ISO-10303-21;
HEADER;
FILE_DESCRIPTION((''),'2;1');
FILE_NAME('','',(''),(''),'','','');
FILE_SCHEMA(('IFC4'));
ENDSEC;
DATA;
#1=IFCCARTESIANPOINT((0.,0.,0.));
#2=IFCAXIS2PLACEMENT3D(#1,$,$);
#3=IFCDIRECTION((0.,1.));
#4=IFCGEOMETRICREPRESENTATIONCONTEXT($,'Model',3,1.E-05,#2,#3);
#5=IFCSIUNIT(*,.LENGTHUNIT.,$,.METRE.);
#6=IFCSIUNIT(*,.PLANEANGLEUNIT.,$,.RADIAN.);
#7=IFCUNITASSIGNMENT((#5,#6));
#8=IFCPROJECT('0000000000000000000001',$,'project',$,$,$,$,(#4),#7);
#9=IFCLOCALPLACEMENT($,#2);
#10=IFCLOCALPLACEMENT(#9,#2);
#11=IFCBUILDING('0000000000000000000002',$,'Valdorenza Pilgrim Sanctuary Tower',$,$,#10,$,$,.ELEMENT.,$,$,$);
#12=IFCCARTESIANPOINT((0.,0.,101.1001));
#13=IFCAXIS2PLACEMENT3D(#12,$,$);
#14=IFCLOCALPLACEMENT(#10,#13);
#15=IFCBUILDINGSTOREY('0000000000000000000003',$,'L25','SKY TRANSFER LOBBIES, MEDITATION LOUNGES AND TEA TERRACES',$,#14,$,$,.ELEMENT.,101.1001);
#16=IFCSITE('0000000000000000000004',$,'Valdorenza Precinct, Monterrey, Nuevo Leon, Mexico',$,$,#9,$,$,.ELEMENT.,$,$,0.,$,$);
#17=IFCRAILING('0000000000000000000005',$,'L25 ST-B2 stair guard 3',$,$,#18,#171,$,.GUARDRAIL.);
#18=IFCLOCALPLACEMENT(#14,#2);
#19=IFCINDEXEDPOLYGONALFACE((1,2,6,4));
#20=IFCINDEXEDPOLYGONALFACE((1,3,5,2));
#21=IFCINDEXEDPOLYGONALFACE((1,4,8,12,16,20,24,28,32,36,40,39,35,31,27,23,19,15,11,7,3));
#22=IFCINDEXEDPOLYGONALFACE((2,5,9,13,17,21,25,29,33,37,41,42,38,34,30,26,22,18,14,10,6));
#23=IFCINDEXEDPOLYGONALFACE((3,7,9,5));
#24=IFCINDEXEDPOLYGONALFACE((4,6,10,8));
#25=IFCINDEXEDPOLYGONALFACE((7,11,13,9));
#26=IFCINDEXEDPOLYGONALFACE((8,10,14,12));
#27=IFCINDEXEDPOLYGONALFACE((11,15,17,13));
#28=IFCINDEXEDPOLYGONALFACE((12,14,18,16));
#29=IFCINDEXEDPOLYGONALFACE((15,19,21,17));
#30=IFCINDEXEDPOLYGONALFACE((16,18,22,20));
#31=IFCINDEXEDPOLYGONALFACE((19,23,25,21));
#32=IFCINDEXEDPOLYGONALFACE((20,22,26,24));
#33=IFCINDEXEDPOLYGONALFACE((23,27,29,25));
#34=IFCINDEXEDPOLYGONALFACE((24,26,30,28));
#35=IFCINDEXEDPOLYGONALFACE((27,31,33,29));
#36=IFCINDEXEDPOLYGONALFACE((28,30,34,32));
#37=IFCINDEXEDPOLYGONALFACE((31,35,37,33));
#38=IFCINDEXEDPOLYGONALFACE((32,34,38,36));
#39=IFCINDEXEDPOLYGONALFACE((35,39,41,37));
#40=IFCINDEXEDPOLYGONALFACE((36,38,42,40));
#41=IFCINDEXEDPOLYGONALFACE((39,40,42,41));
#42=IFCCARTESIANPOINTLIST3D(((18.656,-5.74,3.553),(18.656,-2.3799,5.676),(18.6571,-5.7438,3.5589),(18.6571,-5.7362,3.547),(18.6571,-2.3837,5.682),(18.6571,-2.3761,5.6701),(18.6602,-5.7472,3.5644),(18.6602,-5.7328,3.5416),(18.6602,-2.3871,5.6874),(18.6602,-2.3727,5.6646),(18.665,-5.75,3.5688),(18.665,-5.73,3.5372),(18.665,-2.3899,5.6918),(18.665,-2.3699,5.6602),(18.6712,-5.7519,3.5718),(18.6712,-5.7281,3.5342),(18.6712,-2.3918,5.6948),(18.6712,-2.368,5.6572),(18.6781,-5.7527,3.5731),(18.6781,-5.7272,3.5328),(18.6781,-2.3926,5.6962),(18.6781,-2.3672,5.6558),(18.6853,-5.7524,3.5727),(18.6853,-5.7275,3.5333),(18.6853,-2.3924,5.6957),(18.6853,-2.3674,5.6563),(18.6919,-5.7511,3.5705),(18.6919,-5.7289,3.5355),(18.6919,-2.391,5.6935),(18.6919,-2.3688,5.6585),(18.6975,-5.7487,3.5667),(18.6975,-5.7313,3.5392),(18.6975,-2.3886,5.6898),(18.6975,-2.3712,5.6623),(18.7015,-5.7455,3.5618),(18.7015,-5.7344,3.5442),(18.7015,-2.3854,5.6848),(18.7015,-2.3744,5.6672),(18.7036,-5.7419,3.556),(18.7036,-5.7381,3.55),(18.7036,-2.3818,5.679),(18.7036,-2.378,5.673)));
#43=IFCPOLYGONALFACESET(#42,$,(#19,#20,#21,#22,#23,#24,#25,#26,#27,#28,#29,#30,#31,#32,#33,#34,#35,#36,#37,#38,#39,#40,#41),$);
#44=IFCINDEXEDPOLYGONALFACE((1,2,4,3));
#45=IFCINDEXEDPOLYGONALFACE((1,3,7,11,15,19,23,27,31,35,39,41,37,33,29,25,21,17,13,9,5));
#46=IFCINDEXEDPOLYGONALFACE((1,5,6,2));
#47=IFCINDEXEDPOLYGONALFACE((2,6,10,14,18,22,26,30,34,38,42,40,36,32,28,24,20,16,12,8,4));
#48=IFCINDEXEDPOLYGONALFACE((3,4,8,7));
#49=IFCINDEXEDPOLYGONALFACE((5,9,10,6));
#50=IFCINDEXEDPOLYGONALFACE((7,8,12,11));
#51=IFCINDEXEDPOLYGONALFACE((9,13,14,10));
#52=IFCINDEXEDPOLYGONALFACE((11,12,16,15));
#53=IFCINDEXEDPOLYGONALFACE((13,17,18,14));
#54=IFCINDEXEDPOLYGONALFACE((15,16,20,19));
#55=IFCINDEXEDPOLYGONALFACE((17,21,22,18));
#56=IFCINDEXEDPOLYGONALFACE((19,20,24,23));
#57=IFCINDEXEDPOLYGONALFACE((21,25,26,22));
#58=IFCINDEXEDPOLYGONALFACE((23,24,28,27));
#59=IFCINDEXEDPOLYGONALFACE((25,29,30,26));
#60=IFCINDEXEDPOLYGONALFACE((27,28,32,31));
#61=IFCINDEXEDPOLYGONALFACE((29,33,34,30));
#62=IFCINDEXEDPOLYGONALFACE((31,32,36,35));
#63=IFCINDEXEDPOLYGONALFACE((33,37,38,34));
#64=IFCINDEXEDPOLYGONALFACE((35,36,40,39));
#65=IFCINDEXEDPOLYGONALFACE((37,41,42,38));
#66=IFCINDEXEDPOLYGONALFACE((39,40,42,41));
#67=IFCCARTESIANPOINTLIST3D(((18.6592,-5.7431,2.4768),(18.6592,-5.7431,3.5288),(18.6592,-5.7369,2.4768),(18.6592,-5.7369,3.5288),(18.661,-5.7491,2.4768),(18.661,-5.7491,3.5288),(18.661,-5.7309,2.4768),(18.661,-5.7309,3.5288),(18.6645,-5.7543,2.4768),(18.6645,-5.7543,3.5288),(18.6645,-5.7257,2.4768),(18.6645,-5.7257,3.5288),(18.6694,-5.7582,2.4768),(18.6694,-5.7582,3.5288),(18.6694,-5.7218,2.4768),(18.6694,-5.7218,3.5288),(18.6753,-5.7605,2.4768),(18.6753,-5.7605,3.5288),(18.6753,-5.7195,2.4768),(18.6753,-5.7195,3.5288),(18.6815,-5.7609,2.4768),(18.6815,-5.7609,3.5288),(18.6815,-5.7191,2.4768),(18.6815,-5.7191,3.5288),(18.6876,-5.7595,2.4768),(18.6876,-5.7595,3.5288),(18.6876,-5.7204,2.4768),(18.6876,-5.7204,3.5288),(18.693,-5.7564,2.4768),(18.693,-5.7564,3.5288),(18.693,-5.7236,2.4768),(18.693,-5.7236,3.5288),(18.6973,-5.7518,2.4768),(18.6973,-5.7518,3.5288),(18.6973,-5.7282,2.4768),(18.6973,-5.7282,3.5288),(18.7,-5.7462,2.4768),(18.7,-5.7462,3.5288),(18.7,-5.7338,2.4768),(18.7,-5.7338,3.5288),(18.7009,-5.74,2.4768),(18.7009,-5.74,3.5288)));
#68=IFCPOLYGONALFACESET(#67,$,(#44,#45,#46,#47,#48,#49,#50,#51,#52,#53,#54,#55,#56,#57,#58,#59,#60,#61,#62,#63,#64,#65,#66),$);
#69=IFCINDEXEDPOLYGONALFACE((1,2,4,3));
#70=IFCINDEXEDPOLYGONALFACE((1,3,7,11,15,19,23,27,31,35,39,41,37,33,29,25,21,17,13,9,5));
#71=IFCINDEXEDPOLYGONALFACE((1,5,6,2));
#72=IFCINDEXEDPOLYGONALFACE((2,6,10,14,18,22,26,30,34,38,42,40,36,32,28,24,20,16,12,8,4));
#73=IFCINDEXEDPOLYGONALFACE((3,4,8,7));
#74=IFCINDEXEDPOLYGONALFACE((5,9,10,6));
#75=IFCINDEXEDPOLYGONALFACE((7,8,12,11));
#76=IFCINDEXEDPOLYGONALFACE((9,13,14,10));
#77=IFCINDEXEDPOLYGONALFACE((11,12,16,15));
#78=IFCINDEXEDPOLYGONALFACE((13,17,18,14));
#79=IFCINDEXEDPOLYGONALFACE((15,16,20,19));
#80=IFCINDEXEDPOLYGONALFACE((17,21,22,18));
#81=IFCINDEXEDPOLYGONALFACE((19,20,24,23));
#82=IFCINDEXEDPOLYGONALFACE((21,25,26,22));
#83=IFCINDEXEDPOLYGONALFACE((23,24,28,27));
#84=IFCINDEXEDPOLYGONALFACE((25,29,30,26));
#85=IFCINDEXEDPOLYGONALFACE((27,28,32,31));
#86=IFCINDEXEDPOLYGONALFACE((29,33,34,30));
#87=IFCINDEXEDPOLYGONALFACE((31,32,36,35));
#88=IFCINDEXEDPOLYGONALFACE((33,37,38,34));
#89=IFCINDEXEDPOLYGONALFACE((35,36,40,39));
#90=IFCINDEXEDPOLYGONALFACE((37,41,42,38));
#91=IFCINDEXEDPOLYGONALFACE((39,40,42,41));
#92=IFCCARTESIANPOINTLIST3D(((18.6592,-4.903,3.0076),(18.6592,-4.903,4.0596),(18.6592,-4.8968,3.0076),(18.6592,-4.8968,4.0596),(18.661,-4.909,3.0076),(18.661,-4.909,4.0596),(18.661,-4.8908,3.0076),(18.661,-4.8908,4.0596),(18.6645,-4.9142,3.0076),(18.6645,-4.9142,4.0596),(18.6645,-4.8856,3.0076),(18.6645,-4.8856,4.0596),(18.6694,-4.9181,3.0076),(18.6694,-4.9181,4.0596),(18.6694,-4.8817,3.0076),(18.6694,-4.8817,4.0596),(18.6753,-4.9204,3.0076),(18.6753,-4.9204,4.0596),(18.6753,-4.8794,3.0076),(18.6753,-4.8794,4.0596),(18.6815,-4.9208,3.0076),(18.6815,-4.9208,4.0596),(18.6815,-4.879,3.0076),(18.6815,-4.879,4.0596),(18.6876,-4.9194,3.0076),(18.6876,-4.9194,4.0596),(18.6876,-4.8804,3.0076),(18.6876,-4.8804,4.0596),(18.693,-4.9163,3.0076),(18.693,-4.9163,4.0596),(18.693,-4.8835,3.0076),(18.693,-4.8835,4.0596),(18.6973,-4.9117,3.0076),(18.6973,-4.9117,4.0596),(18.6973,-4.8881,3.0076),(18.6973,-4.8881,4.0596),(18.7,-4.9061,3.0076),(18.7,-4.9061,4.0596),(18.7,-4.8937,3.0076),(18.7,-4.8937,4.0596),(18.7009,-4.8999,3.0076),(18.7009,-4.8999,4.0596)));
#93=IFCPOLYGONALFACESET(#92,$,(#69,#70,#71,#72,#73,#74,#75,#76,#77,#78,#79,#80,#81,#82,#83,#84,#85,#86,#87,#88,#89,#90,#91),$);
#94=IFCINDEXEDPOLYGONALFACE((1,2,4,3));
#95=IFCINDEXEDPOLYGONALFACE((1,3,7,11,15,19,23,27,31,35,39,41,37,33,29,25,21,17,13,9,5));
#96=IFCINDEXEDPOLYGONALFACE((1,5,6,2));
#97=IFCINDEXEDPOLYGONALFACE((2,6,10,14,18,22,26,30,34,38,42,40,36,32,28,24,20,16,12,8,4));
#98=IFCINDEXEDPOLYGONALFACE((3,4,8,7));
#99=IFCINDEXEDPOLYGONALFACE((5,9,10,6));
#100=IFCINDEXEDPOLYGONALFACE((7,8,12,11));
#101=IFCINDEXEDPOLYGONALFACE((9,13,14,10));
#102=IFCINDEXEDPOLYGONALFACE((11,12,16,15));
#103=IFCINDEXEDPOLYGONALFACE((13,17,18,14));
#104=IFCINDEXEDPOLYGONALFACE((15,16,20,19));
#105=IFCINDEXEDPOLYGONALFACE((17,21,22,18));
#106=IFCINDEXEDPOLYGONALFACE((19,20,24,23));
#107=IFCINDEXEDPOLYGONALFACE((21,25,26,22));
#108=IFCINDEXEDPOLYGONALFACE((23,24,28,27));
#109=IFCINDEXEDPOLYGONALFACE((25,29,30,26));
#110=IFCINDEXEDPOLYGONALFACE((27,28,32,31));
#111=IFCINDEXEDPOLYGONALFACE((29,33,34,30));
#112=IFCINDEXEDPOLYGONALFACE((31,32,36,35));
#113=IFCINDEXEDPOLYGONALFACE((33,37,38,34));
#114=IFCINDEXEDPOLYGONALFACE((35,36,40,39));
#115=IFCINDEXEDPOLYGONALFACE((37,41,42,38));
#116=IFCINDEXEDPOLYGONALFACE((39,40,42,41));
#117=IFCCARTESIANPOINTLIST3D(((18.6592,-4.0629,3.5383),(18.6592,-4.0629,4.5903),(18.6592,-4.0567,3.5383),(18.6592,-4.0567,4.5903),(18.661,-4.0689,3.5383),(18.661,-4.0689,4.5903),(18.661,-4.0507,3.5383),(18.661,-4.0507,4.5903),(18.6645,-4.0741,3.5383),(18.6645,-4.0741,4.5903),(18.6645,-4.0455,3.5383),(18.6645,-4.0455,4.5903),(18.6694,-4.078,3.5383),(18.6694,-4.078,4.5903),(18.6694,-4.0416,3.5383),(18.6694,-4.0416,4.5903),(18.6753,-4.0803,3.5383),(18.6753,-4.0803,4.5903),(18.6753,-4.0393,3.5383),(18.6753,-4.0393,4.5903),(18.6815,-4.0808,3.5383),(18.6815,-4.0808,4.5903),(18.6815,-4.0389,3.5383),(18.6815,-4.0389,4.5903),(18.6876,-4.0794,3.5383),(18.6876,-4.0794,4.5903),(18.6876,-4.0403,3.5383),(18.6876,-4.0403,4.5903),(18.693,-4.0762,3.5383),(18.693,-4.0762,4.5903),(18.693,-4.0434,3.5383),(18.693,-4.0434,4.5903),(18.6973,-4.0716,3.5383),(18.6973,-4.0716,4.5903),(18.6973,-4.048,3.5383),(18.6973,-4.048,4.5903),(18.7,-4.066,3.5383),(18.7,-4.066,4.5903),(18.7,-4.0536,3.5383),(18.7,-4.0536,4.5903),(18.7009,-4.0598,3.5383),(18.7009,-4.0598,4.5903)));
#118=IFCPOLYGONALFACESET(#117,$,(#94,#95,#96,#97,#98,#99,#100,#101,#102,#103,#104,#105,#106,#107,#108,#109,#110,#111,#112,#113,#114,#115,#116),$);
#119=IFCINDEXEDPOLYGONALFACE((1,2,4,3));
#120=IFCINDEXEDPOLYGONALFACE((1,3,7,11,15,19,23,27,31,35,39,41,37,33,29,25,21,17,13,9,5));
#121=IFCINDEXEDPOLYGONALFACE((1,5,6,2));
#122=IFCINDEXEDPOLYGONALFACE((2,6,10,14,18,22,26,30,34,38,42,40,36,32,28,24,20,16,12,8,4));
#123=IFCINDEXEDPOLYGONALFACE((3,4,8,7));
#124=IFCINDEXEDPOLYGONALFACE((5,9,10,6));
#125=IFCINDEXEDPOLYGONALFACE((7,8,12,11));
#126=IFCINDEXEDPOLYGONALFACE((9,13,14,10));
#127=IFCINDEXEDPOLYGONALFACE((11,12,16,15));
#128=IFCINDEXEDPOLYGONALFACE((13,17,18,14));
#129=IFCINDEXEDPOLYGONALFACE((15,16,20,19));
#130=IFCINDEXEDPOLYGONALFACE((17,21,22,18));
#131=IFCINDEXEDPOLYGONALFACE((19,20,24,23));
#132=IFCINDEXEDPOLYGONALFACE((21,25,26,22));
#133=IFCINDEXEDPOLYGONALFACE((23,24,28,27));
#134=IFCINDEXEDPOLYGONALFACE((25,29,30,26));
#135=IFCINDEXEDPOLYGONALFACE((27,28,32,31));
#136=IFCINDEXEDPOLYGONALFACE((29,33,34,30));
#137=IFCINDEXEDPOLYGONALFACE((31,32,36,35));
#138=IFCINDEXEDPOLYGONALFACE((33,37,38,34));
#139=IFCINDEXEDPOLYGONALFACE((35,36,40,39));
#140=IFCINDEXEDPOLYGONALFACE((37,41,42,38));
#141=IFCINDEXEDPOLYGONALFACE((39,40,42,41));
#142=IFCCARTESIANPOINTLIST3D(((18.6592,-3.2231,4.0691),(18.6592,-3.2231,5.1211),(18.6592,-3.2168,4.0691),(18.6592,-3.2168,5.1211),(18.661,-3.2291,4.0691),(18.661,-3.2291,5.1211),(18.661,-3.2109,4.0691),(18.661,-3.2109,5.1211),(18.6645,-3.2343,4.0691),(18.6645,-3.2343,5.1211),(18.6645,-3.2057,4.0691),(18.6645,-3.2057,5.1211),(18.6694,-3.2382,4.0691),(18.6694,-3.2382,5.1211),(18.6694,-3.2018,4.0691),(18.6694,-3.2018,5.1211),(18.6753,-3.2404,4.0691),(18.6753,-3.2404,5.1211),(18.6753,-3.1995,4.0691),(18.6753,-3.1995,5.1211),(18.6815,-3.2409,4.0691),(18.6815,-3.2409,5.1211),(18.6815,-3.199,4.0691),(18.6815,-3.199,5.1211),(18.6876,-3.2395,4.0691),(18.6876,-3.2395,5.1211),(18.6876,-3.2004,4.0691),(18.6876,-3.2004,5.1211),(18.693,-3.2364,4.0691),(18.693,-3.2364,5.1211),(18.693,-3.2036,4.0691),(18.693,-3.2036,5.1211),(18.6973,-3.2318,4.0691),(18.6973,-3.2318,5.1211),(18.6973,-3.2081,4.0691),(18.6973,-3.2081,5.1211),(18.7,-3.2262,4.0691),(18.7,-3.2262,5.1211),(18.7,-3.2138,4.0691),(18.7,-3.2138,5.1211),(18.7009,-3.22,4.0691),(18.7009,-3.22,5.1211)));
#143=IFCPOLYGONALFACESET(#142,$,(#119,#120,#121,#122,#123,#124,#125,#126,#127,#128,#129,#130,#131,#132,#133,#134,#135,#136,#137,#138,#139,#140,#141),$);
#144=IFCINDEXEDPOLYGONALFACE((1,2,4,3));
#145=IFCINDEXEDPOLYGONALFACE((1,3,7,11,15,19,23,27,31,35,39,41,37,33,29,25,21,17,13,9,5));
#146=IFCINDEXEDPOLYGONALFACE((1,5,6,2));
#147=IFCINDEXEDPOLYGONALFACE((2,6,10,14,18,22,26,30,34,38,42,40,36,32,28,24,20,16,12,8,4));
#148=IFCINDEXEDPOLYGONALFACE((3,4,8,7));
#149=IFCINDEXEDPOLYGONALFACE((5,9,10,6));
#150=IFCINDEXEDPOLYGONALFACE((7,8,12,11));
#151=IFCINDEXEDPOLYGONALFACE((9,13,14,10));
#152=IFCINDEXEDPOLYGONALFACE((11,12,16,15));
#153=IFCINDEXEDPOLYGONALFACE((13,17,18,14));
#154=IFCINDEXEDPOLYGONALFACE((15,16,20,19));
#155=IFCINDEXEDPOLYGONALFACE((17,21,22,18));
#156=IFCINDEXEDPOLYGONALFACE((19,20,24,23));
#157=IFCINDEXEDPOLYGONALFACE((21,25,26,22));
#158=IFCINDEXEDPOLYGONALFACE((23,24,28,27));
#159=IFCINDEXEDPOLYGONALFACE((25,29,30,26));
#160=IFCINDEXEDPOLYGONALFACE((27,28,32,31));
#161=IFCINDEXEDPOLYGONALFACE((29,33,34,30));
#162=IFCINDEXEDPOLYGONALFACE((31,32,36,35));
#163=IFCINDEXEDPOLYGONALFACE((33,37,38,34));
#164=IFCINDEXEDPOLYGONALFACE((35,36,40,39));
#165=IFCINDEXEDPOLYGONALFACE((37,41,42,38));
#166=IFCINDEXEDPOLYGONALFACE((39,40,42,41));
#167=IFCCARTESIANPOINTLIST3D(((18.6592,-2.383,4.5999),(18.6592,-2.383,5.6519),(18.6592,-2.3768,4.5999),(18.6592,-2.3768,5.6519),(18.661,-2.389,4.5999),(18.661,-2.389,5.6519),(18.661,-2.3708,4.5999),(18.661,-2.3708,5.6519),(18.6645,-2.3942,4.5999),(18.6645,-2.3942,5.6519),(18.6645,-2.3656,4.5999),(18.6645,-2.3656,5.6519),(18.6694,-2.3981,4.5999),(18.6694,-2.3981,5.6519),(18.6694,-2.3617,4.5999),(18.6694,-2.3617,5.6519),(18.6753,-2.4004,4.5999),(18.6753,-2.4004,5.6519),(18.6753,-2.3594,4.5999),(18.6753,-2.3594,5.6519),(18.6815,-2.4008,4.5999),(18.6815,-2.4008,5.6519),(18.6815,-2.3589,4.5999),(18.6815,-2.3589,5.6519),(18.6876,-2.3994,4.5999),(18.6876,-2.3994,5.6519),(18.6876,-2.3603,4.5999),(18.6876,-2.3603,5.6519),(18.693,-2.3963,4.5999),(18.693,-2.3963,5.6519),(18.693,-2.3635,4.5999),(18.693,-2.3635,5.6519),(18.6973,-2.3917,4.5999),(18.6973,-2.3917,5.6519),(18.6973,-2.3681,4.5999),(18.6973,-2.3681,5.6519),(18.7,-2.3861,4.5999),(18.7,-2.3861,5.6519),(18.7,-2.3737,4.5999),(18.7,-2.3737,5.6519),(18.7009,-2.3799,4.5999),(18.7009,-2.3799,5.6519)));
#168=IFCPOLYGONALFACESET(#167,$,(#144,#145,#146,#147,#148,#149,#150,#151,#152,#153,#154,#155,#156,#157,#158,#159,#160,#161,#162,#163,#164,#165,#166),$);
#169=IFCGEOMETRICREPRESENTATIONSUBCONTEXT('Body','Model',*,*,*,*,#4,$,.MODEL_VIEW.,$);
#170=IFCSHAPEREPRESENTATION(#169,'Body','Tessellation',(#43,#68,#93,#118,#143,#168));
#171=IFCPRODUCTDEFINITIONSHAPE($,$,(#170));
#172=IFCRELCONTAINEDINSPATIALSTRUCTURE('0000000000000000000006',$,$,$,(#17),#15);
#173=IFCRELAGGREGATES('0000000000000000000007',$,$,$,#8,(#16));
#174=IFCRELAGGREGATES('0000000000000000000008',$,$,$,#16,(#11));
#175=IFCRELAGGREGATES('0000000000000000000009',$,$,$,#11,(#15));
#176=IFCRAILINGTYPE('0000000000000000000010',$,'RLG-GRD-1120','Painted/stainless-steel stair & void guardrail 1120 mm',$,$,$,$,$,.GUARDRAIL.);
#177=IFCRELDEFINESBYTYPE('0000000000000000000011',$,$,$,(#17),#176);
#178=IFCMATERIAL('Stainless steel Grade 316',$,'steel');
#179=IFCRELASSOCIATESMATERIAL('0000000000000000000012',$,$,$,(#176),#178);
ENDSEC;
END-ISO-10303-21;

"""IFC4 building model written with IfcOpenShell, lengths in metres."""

from ifc_helpers import new_model, si_unit, direction, frame, origin, origin_2d, place, context, subcontext, project, spatial, circle, extrude, material, type_object, element, save


model = new_model("IFC4")

# Units and contexts
model_context = context("Model", 3, precision=1e-05, world=origin(), true_north=direction((0.0, 1.0)))
body_context = subcontext(model_context, "Body", "Model", "MODEL_VIEW")
ifc_project = project(units=[si_unit("LENGTHUNIT", "METRE"), si_unit("PLANEANGLEUNIT", "RADIAN")], contexts=[model_context])

# Site, building, storey
site_placement = place(None, origin())
site = spatial("IfcSite", under=ifc_project, at=site_placement, Name="Valdorenza Precinct, Monterrey, Nuevo Leon, Mexico", CompositionType="ELEMENT", RefElevation=0.0)
building_placement = place(site_placement, origin())
building = spatial("IfcBuilding", under=site, at=building_placement, Name="Valdorenza Pilgrim Sanctuary Tower", CompositionType="ELEMENT")
storey_placement = place(building_placement, frame((0.0, 0.0, 101.1001)))
storey = spatial("IfcBuildingStorey", under=building, at=storey_placement, Name="L25", Description="SKY TRANSFER LOBBIES, MEDITATION LOUNGES AND TEA TERRACES", CompositionType="ELEMENT", Elevation=101.1001)

# Railing
ifc_material_1 = material(Name="Stainless steel Grade 316", Category="steel")
railing_type_1 = type_object("IfcRailingType", Name="RLG-GRD-1120", Description="Painted/stainless-steel stair & void guardrail 1120 mm", PredefinedType="GUARDRAIL", material=ifc_material_1)
railing_1_placement = place(storey_placement, frame((18.6799, -5.74, 2.4768)))
element("IfcRailing", 1, at=railing_1_placement, inside=storey, type_object=railing_type_1, Name="L25 ST-B2 stair guard 3", PredefinedType="GUARDRAIL", context=body_context, shape_type="SweptSolid", body=[
    extrude(circle(Radius=0.0239, at=origin_2d()), frame((0.0, 0.0, 1.0762), z_axis=(0.0, 0.84539, 0.53415), x_axis=(-1.0, 0.0, 0.0)), (0.0, 0.0, 1.0), 3.9746),
    extrude(circle(Radius=0.021, at=origin_2d()), origin(), (0.0, 0.0, 1.0), 1.052),
    extrude(circle(Radius=0.021, at=origin_2d()), frame((0.0, 0.8401, 0.5308)), (0.0, 0.0, 1.0), 1.052),
    extrude(circle(Radius=0.021, at=origin_2d()), frame((0.0, 1.6802, 1.0615)), (0.0, 0.0, 1.0), 1.052),
    extrude(circle(Radius=0.021, at=origin_2d()), frame((0.0, 2.52, 1.5923)), (0.0, 0.0, 1.0), 1.052),
    extrude(circle(Radius=0.021, at=origin_2d()), frame((0.0, 3.3601, 2.123)), (0.0, 0.0, 1.0), 1.052),
])

save(model, "model.ifc")
